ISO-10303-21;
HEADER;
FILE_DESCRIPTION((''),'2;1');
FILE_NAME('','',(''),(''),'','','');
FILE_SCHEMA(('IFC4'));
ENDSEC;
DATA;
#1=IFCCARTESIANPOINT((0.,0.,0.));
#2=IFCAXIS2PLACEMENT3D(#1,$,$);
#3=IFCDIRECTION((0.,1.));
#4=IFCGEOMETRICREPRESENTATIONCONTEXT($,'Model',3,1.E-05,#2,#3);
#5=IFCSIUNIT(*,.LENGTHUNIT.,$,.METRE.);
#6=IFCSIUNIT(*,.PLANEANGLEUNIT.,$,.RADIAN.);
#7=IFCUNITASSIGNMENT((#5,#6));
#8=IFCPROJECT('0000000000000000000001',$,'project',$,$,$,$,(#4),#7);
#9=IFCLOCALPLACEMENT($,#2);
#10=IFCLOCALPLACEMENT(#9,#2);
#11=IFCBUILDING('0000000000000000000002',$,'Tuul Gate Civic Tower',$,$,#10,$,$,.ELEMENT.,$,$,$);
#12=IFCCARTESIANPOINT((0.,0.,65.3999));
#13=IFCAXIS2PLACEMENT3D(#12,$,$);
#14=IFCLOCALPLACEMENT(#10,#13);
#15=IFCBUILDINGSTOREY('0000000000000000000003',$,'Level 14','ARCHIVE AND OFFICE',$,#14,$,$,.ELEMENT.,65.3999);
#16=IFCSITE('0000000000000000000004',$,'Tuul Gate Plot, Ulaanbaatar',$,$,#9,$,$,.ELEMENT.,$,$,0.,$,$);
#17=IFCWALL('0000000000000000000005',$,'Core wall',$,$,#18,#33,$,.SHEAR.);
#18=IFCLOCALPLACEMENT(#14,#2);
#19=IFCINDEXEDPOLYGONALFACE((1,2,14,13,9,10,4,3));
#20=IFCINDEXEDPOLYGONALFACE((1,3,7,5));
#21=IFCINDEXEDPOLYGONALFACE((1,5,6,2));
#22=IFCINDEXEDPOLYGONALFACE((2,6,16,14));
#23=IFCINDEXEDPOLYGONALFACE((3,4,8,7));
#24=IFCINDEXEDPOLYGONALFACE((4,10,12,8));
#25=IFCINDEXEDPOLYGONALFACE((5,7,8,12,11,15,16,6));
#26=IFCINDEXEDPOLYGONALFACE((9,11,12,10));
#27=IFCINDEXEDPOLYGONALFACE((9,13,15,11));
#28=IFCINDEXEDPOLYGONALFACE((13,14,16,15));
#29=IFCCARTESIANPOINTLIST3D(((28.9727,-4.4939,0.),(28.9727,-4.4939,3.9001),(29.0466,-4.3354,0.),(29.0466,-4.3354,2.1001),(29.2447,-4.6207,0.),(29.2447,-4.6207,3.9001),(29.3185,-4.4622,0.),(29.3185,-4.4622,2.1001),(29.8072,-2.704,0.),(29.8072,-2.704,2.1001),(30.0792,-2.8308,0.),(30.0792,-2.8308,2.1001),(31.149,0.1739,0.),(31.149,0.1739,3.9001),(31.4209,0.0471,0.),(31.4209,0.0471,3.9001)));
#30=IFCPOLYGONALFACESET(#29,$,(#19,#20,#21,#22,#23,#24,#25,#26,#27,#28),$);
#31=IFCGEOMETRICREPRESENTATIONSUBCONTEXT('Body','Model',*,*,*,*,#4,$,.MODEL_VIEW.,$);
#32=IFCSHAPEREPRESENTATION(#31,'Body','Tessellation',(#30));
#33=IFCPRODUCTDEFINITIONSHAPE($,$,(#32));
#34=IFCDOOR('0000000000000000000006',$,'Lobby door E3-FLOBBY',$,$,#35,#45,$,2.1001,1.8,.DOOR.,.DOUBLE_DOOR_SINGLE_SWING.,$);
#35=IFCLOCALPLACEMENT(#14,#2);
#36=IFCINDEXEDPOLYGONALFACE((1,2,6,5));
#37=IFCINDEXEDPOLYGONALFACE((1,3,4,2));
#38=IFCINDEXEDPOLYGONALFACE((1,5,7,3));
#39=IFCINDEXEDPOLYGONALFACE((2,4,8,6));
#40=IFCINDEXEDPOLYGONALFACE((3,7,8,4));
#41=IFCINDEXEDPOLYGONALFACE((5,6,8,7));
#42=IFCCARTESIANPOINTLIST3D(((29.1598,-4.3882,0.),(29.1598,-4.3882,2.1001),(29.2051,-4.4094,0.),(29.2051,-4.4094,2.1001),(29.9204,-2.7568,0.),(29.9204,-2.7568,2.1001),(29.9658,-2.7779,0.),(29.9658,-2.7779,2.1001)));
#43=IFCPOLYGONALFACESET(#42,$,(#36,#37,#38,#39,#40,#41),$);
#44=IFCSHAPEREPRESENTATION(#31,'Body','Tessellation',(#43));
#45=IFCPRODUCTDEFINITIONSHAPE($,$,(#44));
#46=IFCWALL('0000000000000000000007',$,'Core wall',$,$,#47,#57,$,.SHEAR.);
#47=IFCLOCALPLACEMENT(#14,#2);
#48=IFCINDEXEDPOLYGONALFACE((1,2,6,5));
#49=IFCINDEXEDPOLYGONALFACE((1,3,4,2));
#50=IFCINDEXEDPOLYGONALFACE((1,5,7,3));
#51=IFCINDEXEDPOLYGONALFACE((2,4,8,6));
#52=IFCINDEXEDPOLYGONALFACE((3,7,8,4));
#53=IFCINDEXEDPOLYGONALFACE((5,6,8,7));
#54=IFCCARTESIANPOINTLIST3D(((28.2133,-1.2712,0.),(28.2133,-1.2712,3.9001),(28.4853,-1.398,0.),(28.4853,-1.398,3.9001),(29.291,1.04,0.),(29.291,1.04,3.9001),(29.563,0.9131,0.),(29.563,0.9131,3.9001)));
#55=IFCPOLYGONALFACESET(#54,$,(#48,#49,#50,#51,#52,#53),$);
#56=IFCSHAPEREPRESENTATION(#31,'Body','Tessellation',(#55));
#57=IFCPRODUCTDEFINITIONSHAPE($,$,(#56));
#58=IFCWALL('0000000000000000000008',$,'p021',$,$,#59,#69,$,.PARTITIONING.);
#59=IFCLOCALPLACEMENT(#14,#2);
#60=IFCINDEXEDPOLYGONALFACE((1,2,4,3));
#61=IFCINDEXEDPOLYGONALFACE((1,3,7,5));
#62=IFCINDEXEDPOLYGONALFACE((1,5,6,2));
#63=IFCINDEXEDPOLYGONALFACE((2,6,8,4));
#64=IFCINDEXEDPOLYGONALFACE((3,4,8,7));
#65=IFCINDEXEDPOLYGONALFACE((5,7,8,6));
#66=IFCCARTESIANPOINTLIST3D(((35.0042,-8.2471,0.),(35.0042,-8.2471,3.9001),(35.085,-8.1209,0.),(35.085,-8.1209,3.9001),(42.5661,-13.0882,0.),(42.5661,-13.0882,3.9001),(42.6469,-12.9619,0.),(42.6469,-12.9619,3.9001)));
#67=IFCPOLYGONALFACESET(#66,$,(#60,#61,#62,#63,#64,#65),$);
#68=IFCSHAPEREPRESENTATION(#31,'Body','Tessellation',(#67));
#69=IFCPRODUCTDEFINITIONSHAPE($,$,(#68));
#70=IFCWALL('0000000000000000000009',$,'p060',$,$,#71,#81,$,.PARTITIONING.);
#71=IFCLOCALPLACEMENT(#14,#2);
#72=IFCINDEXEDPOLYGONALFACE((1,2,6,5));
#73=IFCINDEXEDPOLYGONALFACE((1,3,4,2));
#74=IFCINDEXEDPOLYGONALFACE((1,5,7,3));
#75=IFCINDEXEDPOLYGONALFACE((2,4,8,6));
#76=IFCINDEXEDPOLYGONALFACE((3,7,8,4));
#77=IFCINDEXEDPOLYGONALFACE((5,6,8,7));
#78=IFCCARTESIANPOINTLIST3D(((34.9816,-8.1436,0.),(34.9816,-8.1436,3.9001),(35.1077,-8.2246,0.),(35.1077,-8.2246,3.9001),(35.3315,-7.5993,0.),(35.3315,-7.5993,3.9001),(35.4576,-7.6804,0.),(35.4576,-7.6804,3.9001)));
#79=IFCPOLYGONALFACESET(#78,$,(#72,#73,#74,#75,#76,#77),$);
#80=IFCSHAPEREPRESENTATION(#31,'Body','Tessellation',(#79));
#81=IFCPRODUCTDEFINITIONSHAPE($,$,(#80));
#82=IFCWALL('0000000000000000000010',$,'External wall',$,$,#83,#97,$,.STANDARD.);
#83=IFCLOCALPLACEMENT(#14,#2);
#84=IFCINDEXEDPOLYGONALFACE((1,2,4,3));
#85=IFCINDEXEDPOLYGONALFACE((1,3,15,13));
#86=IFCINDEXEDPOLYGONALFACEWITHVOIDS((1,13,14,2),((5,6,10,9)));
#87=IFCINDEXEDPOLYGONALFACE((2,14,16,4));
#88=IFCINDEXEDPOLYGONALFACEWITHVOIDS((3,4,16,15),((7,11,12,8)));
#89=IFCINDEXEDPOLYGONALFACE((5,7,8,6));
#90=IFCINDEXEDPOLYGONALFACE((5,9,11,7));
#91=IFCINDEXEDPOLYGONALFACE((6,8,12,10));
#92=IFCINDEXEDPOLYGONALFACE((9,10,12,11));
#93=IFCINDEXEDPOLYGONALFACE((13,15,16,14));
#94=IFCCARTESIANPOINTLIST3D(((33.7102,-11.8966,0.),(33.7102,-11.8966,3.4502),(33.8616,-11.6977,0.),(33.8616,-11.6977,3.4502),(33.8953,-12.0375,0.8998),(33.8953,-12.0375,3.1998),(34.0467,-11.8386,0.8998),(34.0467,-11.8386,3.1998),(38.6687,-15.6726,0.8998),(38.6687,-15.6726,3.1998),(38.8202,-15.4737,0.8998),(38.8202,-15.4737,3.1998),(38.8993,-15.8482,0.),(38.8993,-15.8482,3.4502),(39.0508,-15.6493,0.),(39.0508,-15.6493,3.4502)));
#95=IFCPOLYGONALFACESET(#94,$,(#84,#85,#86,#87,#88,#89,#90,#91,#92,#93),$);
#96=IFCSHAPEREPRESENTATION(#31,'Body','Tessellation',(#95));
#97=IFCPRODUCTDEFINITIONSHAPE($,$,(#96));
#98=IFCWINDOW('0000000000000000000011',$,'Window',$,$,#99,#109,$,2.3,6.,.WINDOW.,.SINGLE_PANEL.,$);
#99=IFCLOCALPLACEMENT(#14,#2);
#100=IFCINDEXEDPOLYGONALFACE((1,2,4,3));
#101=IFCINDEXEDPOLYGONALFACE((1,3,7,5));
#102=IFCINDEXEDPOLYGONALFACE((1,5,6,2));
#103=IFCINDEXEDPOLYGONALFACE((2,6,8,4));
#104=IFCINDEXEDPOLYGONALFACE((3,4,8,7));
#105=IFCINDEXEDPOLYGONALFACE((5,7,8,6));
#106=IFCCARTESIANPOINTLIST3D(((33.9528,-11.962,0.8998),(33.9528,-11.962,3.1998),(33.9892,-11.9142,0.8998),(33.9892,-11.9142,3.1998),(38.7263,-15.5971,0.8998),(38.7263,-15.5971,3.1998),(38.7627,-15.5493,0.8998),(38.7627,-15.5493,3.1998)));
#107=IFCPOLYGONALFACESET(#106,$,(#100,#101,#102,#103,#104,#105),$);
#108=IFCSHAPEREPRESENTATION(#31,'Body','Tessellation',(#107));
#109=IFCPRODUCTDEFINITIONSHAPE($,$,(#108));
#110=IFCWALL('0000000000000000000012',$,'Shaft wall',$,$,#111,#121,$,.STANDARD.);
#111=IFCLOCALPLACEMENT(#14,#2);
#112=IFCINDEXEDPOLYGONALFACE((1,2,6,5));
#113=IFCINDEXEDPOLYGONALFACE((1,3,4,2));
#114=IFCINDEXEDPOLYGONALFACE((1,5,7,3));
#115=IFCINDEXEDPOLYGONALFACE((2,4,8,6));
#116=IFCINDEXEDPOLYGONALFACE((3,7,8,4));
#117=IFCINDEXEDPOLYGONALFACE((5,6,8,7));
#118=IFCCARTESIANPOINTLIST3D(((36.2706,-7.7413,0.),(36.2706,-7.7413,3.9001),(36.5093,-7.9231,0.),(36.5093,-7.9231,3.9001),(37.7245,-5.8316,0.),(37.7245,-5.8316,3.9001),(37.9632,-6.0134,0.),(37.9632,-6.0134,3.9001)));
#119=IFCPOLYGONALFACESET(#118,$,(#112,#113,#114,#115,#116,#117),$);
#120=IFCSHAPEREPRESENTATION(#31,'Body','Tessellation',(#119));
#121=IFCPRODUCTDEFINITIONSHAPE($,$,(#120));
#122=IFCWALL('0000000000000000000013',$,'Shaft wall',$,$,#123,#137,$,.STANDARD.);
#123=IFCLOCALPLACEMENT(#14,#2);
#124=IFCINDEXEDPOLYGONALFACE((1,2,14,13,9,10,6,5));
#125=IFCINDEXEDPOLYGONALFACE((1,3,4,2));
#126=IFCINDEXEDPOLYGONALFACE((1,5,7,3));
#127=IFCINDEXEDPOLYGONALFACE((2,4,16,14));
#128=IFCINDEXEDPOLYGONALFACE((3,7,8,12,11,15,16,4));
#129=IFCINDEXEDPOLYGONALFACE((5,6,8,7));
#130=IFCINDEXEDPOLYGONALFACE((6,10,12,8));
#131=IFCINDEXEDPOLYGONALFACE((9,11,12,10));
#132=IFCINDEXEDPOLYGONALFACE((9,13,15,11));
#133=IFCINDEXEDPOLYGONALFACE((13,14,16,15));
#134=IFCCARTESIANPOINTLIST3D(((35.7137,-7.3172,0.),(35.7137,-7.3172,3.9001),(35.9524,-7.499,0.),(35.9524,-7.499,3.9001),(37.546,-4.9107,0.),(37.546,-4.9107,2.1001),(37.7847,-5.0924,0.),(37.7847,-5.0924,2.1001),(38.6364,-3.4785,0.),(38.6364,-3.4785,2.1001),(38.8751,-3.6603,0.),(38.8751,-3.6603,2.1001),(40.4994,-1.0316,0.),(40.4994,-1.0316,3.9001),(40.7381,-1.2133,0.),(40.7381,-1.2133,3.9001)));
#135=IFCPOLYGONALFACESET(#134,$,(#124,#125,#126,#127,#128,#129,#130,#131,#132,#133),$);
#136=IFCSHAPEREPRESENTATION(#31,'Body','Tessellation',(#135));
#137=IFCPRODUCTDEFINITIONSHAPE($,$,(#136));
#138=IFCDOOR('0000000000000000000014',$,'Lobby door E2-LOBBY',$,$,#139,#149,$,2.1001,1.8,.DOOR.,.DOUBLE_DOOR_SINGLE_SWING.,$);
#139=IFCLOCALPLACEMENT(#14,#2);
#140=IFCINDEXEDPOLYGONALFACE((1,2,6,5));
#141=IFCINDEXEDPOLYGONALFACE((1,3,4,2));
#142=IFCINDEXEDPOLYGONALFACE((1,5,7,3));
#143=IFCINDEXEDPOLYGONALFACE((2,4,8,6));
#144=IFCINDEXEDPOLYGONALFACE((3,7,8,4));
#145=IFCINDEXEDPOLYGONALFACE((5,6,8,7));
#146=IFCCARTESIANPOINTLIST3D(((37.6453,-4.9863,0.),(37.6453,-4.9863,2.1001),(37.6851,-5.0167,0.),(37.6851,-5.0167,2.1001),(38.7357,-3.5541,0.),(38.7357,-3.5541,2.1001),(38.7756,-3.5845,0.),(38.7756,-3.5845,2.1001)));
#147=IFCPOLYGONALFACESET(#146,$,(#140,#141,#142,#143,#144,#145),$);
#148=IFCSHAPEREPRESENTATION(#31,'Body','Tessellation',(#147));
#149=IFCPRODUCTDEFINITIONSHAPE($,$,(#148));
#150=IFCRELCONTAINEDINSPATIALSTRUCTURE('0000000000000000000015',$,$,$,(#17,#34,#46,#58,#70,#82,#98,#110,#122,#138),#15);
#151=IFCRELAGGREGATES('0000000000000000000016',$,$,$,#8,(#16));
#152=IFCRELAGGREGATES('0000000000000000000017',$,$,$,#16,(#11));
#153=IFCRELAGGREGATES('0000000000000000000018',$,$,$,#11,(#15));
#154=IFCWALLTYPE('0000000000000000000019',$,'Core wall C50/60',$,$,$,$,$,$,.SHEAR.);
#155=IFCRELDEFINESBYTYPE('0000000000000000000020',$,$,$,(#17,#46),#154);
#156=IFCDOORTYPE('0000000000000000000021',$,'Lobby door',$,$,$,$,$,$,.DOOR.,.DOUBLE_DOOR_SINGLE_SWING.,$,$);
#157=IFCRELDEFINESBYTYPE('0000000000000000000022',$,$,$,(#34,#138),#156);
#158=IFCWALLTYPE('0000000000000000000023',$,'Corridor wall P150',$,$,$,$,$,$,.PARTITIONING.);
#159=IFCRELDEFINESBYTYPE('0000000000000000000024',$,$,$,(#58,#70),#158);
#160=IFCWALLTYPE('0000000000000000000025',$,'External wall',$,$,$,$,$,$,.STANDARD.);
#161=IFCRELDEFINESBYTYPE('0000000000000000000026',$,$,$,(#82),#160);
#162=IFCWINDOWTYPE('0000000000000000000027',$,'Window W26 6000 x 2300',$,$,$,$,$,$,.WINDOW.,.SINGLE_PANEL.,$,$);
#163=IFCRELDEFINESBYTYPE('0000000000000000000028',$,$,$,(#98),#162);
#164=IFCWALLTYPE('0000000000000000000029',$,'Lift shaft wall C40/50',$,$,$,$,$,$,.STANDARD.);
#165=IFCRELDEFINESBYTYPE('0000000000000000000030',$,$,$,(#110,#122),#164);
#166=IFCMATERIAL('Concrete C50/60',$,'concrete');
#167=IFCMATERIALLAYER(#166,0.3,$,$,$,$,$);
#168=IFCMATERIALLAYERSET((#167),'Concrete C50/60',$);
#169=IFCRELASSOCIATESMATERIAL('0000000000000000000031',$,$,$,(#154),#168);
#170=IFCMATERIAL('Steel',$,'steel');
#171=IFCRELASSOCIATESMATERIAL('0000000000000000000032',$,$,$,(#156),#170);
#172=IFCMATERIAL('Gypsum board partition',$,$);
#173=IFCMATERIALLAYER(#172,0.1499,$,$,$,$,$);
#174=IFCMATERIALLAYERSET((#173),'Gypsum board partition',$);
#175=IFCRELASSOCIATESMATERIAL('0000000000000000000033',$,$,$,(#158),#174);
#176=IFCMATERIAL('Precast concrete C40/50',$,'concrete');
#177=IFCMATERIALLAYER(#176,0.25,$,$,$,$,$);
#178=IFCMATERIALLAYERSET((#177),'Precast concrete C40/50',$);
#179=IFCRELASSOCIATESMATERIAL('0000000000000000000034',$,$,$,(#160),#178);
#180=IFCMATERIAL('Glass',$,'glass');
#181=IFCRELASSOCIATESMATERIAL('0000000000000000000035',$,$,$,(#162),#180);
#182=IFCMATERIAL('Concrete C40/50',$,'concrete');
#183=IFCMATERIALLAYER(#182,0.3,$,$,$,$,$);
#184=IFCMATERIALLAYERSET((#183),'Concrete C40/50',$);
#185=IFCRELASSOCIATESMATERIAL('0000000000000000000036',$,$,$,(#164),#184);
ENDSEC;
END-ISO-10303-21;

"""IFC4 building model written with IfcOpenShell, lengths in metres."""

from ifc_helpers import new_model, si_unit, direction, frame, frame_2d, origin, place, context, subcontext, project, spatial, rectangle, extrude, material, layer, layer_set, type_object, element, fill, save


model = new_model("IFC4")

# Units and contexts
model_context = context("Model", 3, precision=1e-05, world=origin(), true_north=direction((0.0, 1.0)))
body_context = subcontext(model_context, "Body", "Model", "MODEL_VIEW")
ifc_project = project(units=[si_unit("LENGTHUNIT", "METRE"), si_unit("PLANEANGLEUNIT", "RADIAN")], contexts=[model_context])

# Site, building, storey
site_placement = place(None, origin())
site = spatial("IfcSite", under=ifc_project, at=site_placement, Name="Tuul Gate Plot, Ulaanbaatar", CompositionType="ELEMENT", RefElevation=0.0)
building_placement = place(site_placement, origin())
building = spatial("IfcBuilding", under=site, at=building_placement, Name="Tuul Gate Civic Tower", CompositionType="ELEMENT")
storey_placement = place(building_placement, frame((0.0, 0.0, 65.3999)))
storey = spatial("IfcBuildingStorey", under=building, at=storey_placement, Name="Level 14", Description="ARCHIVE AND OFFICE", CompositionType="ELEMENT", Elevation=65.3999)

# Shared definitions
ifc_material_1 = material(Name="Concrete C50/60", Category="concrete")
ifc_layer_1 = layer(ifc_material_1, 0.3)
ifc_layer_set_1 = layer_set([ifc_layer_1], Name="Concrete C50/60")
wall_type_1 = type_object("IfcWallType", Name="Core wall C50/60", PredefinedType="SHEAR", material=ifc_layer_set_1)
ifc_material_2 = material(Name="Steel", Category="steel")
door_type_1 = type_object("IfcDoorType", Name="Lobby door", OperationType="DOUBLE_DOOR_SINGLE_SWING", PredefinedType="DOOR", material=ifc_material_2)

# Wall, opening, door
wall_1_placement = place(storey_placement, frame((29.1086, -4.5574, 0.0), z_axis=(0.0, 0.0, 1.0), x_axis=(0.422566, 0.906332, 0.0)))
wall_1 = element("IfcWall", 1, at=wall_1_placement, inside=storey, type_object=wall_type_1, Name="Core wall", PredefinedType="SHEAR", context=body_context, shape_type="SweptSolid", body=[
    extrude(rectangle(XDim=5.1501, YDim=0.3, at=frame_2d((2.5752, 0.0))), origin(), (0.0, 0.0, 1.0), 3.9001),
])
opening_1_placement = place(wall_1_placement, frame((0.175, 0.0, 0.0)))
opening_1 = element("IfcOpeningElement", 2, at=opening_1_placement, cuts=wall_1, PredefinedType="OPENING", context=body_context, shape_type="SweptSolid", body=[
    extrude(rectangle(XDim=1.8, YDim=2.1001, at=frame_2d((0.8999, 1.05))), frame((0.0, 0.1602, 0.0), z_axis=(0.0, -1.0, 0.0), x_axis=(1.0, 0.0, 0.0)), (0.0, 0.0, 1.0), 0.3201),
])
door_1_placement = place(opening_1_placement, frame((1.8, 0.0, 0.0), z_axis=(0.0, 0.0, 1.0), x_axis=(-1.0, 0.0, 0.0)))
door_1 = element("IfcDoor", 3, at=door_1_placement, inside=storey, type_object=door_type_1, Name="Lobby door E3-FLOBBY", OperationType="DOUBLE_DOOR_SINGLE_SWING", OverallHeight=2.1001, OverallWidth=1.8, PredefinedType="DOOR", context=body_context, shape_type="SweptSolid", body=[
    extrude(rectangle(XDim=1.8, YDim=2.1001, at=frame_2d((0.9001, 1.05))), frame((0.0, 0.0249, 0.0), z_axis=(0.0, -1.0, 0.0), x_axis=(1.0, 0.0, 0.0)), (0.0, 0.0, 1.0), 0.05),
])
fill(opening_1, door_1)

# Walls
wall_2_placement = place(storey_placement, frame((28.3494, -1.3345, 0.0), z_axis=(0.0, 0.0, 1.0), x_axis=(0.422613, 0.90631, 0.0)))
element("IfcWall", 4, at=wall_2_placement, inside=storey, type_object=wall_type_1, Name="Core wall", PredefinedType="SHEAR", context=body_context, shape_type="SweptSolid", body=[
    extrude(rectangle(XDim=2.55, YDim=0.3, at=frame_2d((1.2749, 0.0))), origin(), (0.0, 0.0, 1.0), 3.9001),
])
ifc_material_3 = material(Name="Gypsum board partition")
ifc_layer_2 = layer(ifc_material_3, 0.1499)
ifc_layer_set_2 = layer_set([ifc_layer_2], Name="Gypsum board partition")
wall_type_2 = type_object("IfcWallType", Name="Corridor wall P150", PredefinedType="PARTITIONING", material=ifc_layer_set_2)
wall_3_placement = place(storey_placement, frame((35.0447, -8.1841, 0.0), z_axis=(0.0, 0.0, 1.0), x_axis=(0.842202, -0.539162, 0.0)))
element("IfcWall", 5, at=wall_3_placement, inside=storey, type_object=wall_type_2, Name="p021", PredefinedType="PARTITIONING", context=body_context, shape_type="SweptSolid", body=[
    extrude(rectangle(XDim=8.9788, YDim=0.1499, at=frame_2d((4.4893, 0.0))), origin(), (0.0, 0.0, 1.0), 3.9001),
])
wall_4_placement = place(storey_placement, frame((35.0447, -8.1841, 0.0), z_axis=(0.0, 0.0, 1.0), x_axis=(0.540777, 0.841166, 0.0)))
element("IfcWall", 6, at=wall_4_placement, inside=storey, type_object=wall_type_2, Name="p060", PredefinedType="PARTITIONING", context=body_context, shape_type="SweptSolid", body=[
    extrude(rectangle(XDim=0.647, YDim=0.1499, at=frame_2d((0.3235, 0.0))), origin(), (0.0, 0.0, 1.0), 3.9001),
])

# Wall, opening, window
ifc_material_4 = material(Name="Precast concrete C40/50", Category="concrete")
ifc_layer_3 = layer(ifc_material_4, 0.25)
ifc_layer_set_3 = layer_set([ifc_layer_3], Name="Precast concrete C40/50")
wall_type_3 = type_object("IfcWallType", Name="External wall", PredefinedType="STANDARD", material=ifc_layer_set_3)
wall_5_placement = place(storey_placement, frame((33.7859, -11.7971, 0.0), z_axis=(0.0, 0.0, 1.0), x_axis=(0.795581, -0.605847, 0.0)))
wall_5 = element("IfcWall", 7, at=wall_5_placement, inside=storey, type_object=wall_type_3, Name="External wall", PredefinedType="STANDARD", context=body_context, shape_type="SweptSolid", body=[
    extrude(rectangle(XDim=6.5225, YDim=0.25, at=frame_2d((3.2612, 0.0))), origin(), (0.0, 0.0, 1.0), 3.4502),
])
opening_2_placement = place(wall_5_placement, frame((0.2327, 0.0, 0.8999)))
opening_2 = element("IfcOpeningElement", 8, at=opening_2_placement, cuts=wall_5, PredefinedType="OPENING", context=body_context, shape_type="SweptSolid", body=[
    extrude(rectangle(XDim=6.0, YDim=2.3, at=frame_2d((3.0, 1.1499))), frame((0.0, 0.135, 0.0), z_axis=(0.0, -1.0, 0.0), x_axis=(1.0, 0.0, 0.0)), (0.0, 0.0, 1.0), 0.27),
])
ifc_material_5 = material(Name="Glass", Category="glass")
window_type = type_object("IfcWindowType", Name="Window W26 6000 x 2300", PartitioningType="SINGLE_PANEL", PredefinedType="WINDOW", material=ifc_material_5)
window_placement = place(opening_2_placement, origin())
window = element("IfcWindow", 9, at=window_placement, inside=storey, type_object=window_type, Name="Window", OverallHeight=2.3, OverallWidth=6.0, PartitioningType="SINGLE_PANEL", PredefinedType="WINDOW", context=body_context, shape_type="SweptSolid", body=[
    extrude(rectangle(XDim=6.0, YDim=2.3, at=frame_2d((3.0, 1.1499))), frame((0.0, 0.03, 0.0), z_axis=(0.0, -1.0, 0.0), x_axis=(1.0, 0.0, 0.0)), (0.0, 0.0, 1.0), 0.0601),
])
fill(opening_2, window)

# Wall
ifc_material_6 = material(Name="Concrete C40/50", Category="concrete")
ifc_layer_4 = layer(ifc_material_6, 0.3)
ifc_layer_set_4 = layer_set([ifc_layer_4], Name="Concrete C40/50")
wall_type_4 = type_object("IfcWallType", Name="Lift shaft wall C40/50", PredefinedType="STANDARD", material=ifc_layer_set_4)
wall_6_placement = place(storey_placement, frame((36.3899, -7.8323, 0.0), z_axis=(0.0, 0.0, 1.0), x_axis=(0.605746, 0.795658, 0.0)))
element("IfcWall", 10, at=wall_6_placement, inside=storey, type_object=wall_type_4, Name="Shaft wall", PredefinedType="STANDARD", context=body_context, shape_type="SweptSolid", body=[
    extrude(rectangle(XDim=2.4001, YDim=0.3, at=frame_2d((1.2002, 0.0))), origin(), (0.0, 0.0, 1.0), 3.9001),
])

# Wall, opening, door
wall_7_placement = place(storey_placement, frame((35.833, -7.4082, 0.0), z_axis=(0.0, 0.0, 1.0), x_axis=(0.605769, 0.79564, 0.0)))
wall_7 = element("IfcWall", 11, at=wall_7_placement, inside=storey, type_object=wall_type_4, Name="Shaft wall", PredefinedType="STANDARD", context=body_context, shape_type="SweptSolid", body=[
    extrude(rectangle(XDim=7.9001, YDim=0.3, at=frame_2d((3.9502, 0.0))), origin(), (0.0, 0.0, 1.0), 3.9001),
])
opening_3_placement = place(wall_7_placement, frame((3.0249, 0.0, 0.0)))
opening_3 = element("IfcOpeningElement", 12, at=opening_3_placement, cuts=wall_7, PredefinedType="OPENING", context=body_context, shape_type="SweptSolid", body=[
    extrude(rectangle(XDim=1.8, YDim=2.1001, at=frame_2d((0.8999, 1.05))), frame((0.0, 0.1602, 0.0), z_axis=(0.0, -1.0, 0.0), x_axis=(1.0, 0.0, 0.0)), (0.0, 0.0, 1.0), 0.3201),
])
door_2_placement = place(opening_3_placement, frame((1.8, 0.0, 0.0), z_axis=(0.0, 0.0, 1.0), x_axis=(-1.0, 0.0, 0.0)))
door_2 = element("IfcDoor", 13, at=door_2_placement, inside=storey, type_object=door_type_1, Name="Lobby door E2-LOBBY", OperationType="DOUBLE_DOOR_SINGLE_SWING", OverallHeight=2.1001, OverallWidth=1.8, PredefinedType="DOOR", context=body_context, shape_type="SweptSolid", body=[
    extrude(rectangle(XDim=1.8, YDim=2.1001, at=frame_2d((0.9001, 1.05))), frame((0.0, 0.0249, 0.0), z_axis=(0.0, -1.0, 0.0), x_axis=(1.0, 0.0, 0.0)), (0.0, 0.0, 1.0), 0.05),
])
fill(opening_3, door_2)

save(model, "model.ifc")
